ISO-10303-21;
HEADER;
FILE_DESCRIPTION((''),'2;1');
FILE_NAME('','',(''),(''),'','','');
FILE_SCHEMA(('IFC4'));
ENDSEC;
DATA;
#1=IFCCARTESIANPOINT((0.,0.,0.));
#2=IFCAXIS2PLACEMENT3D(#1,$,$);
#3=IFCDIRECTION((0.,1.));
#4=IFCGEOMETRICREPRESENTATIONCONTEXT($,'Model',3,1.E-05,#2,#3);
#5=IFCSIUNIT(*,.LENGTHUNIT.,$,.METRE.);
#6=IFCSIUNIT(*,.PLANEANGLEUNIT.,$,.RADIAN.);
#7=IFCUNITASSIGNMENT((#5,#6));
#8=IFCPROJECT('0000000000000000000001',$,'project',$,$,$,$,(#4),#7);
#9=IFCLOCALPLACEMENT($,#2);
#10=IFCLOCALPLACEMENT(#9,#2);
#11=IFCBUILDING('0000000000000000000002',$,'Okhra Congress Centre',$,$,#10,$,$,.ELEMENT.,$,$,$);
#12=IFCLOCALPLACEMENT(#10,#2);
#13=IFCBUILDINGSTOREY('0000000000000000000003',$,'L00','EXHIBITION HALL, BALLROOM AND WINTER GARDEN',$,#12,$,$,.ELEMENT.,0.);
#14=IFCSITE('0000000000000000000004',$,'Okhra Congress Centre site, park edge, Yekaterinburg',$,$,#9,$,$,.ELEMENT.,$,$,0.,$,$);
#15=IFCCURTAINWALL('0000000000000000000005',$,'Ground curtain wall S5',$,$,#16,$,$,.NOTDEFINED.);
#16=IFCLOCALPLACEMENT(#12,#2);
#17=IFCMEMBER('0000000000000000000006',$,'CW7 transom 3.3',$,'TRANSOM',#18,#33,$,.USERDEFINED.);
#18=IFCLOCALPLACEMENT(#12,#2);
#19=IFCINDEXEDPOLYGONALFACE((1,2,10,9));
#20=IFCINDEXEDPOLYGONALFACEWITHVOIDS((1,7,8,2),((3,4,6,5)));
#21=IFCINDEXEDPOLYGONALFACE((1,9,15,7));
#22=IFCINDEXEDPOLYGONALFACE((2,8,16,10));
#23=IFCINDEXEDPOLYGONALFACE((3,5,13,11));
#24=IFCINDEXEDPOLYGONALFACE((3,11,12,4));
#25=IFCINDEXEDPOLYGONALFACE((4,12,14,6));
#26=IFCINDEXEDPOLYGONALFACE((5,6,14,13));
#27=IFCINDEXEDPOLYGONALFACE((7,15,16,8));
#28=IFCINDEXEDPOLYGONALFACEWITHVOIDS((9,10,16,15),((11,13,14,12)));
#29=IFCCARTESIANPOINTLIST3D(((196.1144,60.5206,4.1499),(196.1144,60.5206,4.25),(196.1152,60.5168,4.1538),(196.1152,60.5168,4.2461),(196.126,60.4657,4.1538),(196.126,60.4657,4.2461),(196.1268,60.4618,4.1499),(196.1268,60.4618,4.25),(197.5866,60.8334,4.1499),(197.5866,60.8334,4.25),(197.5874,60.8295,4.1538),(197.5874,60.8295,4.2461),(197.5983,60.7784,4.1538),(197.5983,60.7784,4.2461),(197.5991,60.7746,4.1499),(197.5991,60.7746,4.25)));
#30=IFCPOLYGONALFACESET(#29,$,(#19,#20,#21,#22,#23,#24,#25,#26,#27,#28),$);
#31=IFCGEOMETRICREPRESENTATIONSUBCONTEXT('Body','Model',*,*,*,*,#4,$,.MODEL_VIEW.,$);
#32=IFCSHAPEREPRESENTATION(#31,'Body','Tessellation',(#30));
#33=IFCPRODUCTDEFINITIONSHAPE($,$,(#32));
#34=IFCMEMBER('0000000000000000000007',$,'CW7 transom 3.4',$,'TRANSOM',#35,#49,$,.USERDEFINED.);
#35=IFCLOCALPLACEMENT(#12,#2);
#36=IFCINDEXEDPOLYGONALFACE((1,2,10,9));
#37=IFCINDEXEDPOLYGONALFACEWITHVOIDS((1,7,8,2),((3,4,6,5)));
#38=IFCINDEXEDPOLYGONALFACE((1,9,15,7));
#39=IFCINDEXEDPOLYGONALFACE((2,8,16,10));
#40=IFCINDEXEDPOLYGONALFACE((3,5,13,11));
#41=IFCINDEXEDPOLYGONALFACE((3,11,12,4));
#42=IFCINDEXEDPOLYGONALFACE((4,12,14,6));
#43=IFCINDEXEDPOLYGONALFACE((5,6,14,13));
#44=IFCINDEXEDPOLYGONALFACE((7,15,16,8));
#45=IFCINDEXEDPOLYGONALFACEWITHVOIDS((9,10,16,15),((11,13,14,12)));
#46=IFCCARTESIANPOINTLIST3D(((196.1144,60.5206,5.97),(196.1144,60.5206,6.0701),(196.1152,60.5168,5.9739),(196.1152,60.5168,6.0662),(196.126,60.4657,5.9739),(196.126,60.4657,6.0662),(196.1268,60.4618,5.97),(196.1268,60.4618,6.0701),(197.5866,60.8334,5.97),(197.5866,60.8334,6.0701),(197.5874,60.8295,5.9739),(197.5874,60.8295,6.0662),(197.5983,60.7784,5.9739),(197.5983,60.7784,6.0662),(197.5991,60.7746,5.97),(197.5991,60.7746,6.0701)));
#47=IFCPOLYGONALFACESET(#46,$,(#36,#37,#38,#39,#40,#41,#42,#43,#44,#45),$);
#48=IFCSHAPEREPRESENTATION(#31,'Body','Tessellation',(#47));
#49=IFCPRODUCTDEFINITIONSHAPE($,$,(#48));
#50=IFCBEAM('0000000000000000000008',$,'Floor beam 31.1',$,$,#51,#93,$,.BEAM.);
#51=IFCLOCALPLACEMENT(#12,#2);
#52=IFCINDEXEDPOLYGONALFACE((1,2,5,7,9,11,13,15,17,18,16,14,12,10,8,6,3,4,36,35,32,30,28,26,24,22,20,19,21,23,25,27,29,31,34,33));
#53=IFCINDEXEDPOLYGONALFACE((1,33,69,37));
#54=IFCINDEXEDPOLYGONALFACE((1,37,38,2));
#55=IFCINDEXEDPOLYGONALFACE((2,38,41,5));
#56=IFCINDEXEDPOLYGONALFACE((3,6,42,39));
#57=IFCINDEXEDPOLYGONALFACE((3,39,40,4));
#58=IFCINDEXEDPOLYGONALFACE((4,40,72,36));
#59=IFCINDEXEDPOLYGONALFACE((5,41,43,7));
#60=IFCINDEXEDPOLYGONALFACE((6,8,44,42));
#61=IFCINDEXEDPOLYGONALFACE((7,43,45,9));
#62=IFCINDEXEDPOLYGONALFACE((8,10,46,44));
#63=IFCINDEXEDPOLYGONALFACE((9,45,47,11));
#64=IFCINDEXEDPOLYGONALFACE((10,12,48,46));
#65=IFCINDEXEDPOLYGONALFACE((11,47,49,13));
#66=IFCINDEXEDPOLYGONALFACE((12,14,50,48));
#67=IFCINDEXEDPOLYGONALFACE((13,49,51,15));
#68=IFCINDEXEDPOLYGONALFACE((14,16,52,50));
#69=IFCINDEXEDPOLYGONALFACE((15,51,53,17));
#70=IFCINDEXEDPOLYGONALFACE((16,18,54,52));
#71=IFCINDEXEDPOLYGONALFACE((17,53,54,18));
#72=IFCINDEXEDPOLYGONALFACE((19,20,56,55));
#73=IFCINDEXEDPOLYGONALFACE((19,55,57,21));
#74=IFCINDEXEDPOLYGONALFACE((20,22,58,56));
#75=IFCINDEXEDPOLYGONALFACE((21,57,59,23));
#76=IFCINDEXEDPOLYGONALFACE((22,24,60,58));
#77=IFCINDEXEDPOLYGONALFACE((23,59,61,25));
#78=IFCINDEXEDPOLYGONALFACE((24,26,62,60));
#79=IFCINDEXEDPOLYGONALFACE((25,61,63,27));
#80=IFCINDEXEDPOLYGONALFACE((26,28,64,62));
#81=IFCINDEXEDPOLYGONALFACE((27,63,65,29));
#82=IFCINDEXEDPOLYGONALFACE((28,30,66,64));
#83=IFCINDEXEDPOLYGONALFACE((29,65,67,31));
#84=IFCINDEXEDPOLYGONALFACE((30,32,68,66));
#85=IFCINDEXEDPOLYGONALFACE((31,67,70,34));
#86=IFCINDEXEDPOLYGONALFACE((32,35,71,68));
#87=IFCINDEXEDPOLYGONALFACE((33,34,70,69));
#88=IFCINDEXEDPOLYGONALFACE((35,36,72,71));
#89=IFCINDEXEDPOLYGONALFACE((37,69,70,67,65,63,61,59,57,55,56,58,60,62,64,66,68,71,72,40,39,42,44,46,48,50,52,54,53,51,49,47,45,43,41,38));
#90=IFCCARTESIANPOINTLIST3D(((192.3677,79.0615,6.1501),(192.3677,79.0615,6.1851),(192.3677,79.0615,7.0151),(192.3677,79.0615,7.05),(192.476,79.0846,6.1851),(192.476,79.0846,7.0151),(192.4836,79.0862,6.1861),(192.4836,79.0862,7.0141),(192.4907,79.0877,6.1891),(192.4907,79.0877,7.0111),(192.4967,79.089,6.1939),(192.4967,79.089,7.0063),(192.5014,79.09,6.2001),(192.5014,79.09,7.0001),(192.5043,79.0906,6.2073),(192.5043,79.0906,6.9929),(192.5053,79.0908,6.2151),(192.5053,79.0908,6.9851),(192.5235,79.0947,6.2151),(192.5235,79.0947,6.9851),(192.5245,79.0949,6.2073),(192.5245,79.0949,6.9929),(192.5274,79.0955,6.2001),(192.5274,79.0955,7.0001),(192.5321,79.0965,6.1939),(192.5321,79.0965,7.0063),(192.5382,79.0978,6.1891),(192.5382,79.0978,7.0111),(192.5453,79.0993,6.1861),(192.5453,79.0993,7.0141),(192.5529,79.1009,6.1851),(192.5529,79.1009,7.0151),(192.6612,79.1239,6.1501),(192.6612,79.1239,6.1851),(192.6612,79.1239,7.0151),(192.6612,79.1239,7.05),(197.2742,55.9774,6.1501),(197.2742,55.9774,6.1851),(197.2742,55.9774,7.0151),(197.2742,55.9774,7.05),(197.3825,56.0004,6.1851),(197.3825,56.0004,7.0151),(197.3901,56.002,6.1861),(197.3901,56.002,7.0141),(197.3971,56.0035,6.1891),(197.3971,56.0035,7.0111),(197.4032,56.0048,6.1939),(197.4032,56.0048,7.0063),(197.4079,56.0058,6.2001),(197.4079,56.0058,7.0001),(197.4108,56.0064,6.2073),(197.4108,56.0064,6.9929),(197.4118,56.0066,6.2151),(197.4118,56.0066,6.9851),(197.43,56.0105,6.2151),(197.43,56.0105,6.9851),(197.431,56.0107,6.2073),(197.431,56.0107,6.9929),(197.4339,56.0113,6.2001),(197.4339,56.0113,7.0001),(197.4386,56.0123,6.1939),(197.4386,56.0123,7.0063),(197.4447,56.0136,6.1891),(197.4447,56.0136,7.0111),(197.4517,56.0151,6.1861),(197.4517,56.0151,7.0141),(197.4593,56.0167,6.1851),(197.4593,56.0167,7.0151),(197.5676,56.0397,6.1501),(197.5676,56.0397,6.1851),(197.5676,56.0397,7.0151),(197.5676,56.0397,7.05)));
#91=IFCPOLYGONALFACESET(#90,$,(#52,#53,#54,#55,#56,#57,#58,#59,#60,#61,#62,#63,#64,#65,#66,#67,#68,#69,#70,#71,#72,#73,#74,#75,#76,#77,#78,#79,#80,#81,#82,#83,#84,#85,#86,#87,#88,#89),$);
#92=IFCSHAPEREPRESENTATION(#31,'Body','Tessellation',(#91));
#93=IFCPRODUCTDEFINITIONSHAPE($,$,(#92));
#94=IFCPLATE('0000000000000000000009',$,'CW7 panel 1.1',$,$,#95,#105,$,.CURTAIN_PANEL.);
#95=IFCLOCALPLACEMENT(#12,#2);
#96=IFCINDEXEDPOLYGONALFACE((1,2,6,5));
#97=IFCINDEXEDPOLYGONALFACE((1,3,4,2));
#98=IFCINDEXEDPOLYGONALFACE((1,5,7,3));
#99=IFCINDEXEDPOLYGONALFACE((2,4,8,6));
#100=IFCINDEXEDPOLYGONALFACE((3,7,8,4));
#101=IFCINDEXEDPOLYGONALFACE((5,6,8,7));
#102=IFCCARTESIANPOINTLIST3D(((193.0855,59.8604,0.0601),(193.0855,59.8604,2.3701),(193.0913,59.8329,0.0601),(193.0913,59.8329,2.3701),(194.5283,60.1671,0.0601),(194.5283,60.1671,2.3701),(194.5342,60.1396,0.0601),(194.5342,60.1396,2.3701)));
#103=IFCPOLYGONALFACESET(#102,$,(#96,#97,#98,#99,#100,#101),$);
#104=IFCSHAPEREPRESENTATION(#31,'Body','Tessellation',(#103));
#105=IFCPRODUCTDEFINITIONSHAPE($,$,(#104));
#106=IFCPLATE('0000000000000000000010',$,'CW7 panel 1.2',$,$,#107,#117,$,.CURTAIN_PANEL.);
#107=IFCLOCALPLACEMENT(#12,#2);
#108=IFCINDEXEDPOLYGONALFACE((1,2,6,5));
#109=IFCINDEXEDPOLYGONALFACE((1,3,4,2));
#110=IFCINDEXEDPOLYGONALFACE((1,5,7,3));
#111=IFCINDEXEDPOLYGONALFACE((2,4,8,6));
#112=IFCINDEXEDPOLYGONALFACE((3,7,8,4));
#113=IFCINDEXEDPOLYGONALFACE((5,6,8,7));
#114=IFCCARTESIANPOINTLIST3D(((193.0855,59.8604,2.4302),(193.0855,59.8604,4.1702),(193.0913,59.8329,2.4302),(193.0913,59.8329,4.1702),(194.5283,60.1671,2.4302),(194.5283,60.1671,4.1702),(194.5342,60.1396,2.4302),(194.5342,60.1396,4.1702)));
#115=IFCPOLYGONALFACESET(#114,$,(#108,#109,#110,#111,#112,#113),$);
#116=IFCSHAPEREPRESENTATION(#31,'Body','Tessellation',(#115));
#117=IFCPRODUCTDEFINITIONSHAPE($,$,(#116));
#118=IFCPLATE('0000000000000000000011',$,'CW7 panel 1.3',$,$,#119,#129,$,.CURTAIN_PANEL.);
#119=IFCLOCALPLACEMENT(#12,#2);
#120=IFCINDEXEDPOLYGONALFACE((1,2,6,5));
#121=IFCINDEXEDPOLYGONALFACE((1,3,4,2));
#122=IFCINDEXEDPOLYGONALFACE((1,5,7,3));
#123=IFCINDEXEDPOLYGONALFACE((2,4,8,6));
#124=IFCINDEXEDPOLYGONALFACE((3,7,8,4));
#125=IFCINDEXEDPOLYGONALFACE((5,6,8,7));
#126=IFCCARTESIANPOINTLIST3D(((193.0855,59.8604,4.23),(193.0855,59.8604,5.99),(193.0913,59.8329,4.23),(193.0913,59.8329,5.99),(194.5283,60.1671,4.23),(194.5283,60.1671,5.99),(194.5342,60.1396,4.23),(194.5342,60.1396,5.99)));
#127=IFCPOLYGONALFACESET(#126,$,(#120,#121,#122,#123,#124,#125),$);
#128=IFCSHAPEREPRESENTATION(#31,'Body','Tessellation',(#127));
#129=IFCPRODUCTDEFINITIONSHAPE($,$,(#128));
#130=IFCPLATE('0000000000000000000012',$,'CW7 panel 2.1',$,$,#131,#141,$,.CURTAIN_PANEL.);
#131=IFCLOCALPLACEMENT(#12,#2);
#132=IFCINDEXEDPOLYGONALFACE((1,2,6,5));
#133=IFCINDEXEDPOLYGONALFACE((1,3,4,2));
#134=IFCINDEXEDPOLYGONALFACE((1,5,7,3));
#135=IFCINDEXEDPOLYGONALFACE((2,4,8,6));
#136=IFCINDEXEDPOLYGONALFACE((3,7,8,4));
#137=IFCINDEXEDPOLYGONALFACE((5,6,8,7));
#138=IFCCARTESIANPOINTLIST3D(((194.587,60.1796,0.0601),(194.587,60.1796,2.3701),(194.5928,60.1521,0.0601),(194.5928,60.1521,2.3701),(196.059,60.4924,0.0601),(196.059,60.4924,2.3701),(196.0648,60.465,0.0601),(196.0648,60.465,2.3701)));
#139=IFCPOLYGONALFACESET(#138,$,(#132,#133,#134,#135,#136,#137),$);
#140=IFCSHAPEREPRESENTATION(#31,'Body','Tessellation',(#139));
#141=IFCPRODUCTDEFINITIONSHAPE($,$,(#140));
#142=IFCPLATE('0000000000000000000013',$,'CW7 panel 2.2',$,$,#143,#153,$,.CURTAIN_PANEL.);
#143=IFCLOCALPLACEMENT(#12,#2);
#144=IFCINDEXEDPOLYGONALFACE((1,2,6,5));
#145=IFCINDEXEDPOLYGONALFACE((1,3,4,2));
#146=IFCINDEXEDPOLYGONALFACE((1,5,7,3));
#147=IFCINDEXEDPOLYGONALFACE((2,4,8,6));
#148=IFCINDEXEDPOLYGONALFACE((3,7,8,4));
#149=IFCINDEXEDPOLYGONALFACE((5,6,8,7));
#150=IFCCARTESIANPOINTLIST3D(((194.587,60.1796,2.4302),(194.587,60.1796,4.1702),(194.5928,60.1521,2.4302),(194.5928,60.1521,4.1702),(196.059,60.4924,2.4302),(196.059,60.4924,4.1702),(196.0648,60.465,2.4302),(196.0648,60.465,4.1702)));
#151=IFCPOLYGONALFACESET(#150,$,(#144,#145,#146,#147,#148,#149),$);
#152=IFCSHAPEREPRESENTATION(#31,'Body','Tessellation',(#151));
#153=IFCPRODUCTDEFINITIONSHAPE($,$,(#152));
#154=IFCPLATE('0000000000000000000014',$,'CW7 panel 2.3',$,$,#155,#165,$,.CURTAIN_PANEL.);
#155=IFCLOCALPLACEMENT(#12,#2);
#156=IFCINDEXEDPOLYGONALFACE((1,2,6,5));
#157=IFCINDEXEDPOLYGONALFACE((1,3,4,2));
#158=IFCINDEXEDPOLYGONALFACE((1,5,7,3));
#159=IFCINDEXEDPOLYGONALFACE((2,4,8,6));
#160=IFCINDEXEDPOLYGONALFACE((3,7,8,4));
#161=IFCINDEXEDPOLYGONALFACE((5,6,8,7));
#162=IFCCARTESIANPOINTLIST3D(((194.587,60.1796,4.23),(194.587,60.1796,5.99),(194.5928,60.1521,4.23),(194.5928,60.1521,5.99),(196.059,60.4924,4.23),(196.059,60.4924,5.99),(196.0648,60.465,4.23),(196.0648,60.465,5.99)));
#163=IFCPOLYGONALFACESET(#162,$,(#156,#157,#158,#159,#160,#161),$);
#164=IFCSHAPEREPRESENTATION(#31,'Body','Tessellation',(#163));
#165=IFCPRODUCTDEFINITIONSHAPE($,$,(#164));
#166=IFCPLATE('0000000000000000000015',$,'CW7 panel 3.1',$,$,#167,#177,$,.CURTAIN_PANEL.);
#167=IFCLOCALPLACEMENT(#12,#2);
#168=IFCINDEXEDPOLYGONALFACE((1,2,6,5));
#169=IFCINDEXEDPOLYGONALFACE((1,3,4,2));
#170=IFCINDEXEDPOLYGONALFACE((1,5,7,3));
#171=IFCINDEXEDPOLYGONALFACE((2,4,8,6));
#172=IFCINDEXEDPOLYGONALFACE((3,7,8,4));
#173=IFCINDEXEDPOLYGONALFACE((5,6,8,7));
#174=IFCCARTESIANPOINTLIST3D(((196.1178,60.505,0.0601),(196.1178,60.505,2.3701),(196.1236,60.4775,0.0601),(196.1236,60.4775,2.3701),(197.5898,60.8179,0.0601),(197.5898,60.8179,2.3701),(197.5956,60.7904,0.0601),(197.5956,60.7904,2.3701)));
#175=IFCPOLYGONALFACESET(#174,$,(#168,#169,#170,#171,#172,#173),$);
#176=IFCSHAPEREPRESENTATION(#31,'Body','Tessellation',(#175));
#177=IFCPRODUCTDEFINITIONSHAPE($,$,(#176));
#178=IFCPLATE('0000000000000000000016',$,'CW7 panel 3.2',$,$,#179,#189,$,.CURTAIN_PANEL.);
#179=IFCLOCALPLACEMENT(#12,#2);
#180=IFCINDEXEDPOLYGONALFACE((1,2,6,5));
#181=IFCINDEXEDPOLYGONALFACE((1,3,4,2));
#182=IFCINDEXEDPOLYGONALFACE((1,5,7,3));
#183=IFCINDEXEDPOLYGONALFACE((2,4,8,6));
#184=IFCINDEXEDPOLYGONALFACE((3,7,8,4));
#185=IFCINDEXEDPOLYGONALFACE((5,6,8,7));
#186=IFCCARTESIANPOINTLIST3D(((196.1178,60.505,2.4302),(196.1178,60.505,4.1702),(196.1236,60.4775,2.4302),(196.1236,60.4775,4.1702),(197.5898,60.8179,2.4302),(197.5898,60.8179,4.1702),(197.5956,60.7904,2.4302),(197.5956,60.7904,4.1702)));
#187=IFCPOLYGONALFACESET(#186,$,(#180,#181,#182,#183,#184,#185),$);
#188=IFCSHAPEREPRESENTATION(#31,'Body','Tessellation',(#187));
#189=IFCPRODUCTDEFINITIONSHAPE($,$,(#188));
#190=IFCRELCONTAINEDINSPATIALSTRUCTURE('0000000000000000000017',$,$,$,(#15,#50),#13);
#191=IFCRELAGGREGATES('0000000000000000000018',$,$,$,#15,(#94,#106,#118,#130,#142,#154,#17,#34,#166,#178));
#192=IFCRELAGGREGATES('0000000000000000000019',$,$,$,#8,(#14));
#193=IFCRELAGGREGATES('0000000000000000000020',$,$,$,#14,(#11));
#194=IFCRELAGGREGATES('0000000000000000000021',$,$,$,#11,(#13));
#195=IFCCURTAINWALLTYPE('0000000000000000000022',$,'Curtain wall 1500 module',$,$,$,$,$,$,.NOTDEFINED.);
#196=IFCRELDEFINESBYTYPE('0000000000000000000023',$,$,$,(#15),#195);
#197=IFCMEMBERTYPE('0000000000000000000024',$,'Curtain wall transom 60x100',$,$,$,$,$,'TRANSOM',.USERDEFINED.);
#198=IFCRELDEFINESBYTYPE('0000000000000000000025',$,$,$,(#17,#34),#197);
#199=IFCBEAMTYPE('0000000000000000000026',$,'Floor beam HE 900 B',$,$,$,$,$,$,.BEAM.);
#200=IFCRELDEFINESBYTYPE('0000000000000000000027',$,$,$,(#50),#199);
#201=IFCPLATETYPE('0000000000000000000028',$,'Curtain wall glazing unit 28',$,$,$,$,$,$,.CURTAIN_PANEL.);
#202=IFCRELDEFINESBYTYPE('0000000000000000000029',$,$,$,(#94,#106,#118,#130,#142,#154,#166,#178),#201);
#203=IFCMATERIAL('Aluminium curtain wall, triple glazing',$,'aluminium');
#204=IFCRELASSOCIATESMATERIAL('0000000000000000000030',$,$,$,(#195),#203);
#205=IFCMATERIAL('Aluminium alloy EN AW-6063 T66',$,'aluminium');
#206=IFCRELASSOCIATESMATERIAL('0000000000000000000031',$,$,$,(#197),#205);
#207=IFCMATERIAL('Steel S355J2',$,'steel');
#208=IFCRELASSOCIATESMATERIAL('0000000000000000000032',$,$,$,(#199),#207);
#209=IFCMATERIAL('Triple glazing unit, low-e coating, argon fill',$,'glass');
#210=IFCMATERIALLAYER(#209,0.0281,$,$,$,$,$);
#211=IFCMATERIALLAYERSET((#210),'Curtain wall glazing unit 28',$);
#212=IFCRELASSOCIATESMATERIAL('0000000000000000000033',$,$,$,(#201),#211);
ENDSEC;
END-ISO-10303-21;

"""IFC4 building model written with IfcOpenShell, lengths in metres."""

from ifc_helpers import new_model, si_unit, direction, frame, origin, origin_2d, place, context, subcontext, project, spatial, rectangle, hollow_rectangle, i_section, extrude, material, layer, layer_set, material_profile, profile_set, type_object, element, aggregate, save


model = new_model("IFC4")

# Units and contexts
model_context = context("Model", 3, precision=1e-05, world=origin(), true_north=direction((0.0, 1.0)))
body_context = subcontext(model_context, "Body", "Model", "MODEL_VIEW")
ifc_project = project(units=[si_unit("LENGTHUNIT", "METRE"), si_unit("PLANEANGLEUNIT", "RADIAN")], contexts=[model_context])

# Site, building, storey
site_placement = place(None, origin())
site = spatial("IfcSite", under=ifc_project, at=site_placement, Name="Okhra Congress Centre site, park edge, Yekaterinburg", CompositionType="ELEMENT", RefElevation=0.0)
building_placement = place(site_placement, origin())
building = spatial("IfcBuilding", under=site, at=building_placement, Name="Okhra Congress Centre", CompositionType="ELEMENT")
storey_placement = place(building_placement, origin())
storey = spatial("IfcBuildingStorey", under=building, at=storey_placement, Name="L00", Description="EXHIBITION HALL, BALLROOM AND WINTER GARDEN", CompositionType="ELEMENT", Elevation=0.0)

# Curtain wall, members
ifc_material_1 = material(Name="Aluminium curtain wall, triple glazing", Category="aluminium")
curtain_wall_type = type_object("IfcCurtainWallType", Name="Curtain wall 1500 module", PredefinedType="NOTDEFINED", material=ifc_material_1)
curtain_wall_placement = place(storey_placement, origin())
curtain_wall = element("IfcCurtainWall", 1, at=curtain_wall_placement, inside=storey, type_object=curtain_wall_type, Name="Ground curtain wall S5", PredefinedType="NOTDEFINED")
ifc_material_2 = material(Name="Aluminium alloy EN AW-6063 T66", Category="aluminium")
ifc_material_profile_1 = material_profile(ifc_material_2, hollow_rectangle(XDim=0.0601, YDim=0.1001, WallThickness=0.0039, at=origin_2d()), Name="RHS 60x100x4")
ifc_profile_set_1 = profile_set([ifc_material_profile_1], Name="Aluminium alloy EN AW-6063 T66")
member_type_1 = type_object("IfcMemberType", Name="Curtain wall transom 60x100", ElementType="TRANSOM", PredefinedType="USERDEFINED", material=ifc_profile_set_1)
member_1_placement = place(storey_placement, frame((196.1206, 60.4912, 4.2), z_axis=(0.978171, 0.207801, 0.0), x_axis=(-0.207801, 0.978171, 0.0)))
member_1 = element("IfcMember", 2, at=member_1_placement, type_object=member_type_1, Name="CW7 transom 3.3", ObjectType="TRANSOM", PredefinedType="USERDEFINED", context=body_context, shape_type="SweptSolid", body=[
    extrude(hollow_rectangle(XDim=0.0601, YDim=0.1001, WallThickness=0.0039, at=origin_2d()), origin(), (0.0, 0.0, 1.0), 1.5051),
])
member_2_placement = place(storey_placement, frame((196.1206, 60.4912, 6.02), z_axis=(0.978171, 0.207801, 0.0), x_axis=(-0.207801, 0.978171, 0.0)))
member_2 = element("IfcMember", 3, at=member_2_placement, type_object=member_type_1, Name="CW7 transom 3.4", ObjectType="TRANSOM", PredefinedType="USERDEFINED", context=body_context, shape_type="SweptSolid", body=[
    extrude(hollow_rectangle(XDim=0.0601, YDim=0.1001, WallThickness=0.0039, at=origin_2d()), origin(), (0.0, 0.0, 1.0), 1.5051),
])

# Beam
ifc_material_3 = material(Name="Steel S355J2", Category="steel")
ifc_material_profile_2 = material_profile(ifc_material_3, i_section(OverallWidth=0.3, OverallDepth=0.8999, WebThickness=0.0186, FlangeThickness=0.0349, FilletRadius=0.03, at=origin_2d()), Name="HE 900 B")
ifc_profile_set_2 = profile_set([ifc_material_profile_2], Name="Steel S355J2")
beam_type = type_object("IfcBeamType", Name="Floor beam HE 900 B", PredefinedType="BEAM", material=ifc_profile_set_2)
beam_placement = place(storey_placement, frame((197.4209, 56.0085, 6.6001), z_axis=(-0.207903, 0.978149, 0.0), x_axis=(-0.978149, -0.207903, 0.0)))
element("IfcBeam", 4, at=beam_placement, inside=storey, type_object=beam_type, Name="Floor beam 31.1", PredefinedType="BEAM", context=body_context, shape_type="SweptSolid", body=[
    extrude(i_section(OverallWidth=0.3, OverallDepth=0.8999, WebThickness=0.0186, FlangeThickness=0.0349, FilletRadius=0.03, at=origin_2d()), origin(), (0.0, 0.0, 1.0), 23.5999),
])

# Plates
ifc_material_4 = material(Name="Triple glazing unit, low-e coating, argon fill", Category="glass")
ifc_layer_1 = layer(ifc_material_4, 0.0281)
ifc_layer_set_1 = layer_set([ifc_layer_1], Name="Curtain wall glazing unit 28")
plate_type = type_object("IfcPlateType", Name="Curtain wall glazing unit 28", PredefinedType="CURTAIN_PANEL", material=ifc_layer_set_1)
plate_1_placement = place(storey_placement, frame((193.8098, 60.0, 0.0601), z_axis=(0.0, 0.0, 1.0), x_axis=(0.978148, 0.207912, 0.0)))
plate_1 = element("IfcPlate", 5, at=plate_1_placement, type_object=plate_type, Name="CW7 panel 1.1", PredefinedType="CURTAIN_PANEL", context=body_context, shape_type="SweptSolid", body=[
    extrude(rectangle(XDim=1.4751, YDim=0.0281, at=origin_2d()), origin(), (0.0, 0.0, 1.0), 2.3101),
])
plate_2_placement = place(storey_placement, frame((193.8098, 60.0, 2.4302), z_axis=(0.0, 0.0, 1.0), x_axis=(0.978148, 0.207912, 0.0)))
plate_2 = element("IfcPlate", 6, at=plate_2_placement, type_object=plate_type, Name="CW7 panel 1.2", PredefinedType="CURTAIN_PANEL", context=body_context, shape_type="SweptSolid", body=[
    extrude(rectangle(XDim=1.4751, YDim=0.0281, at=origin_2d()), origin(), (0.0, 0.0, 1.0), 1.74),
])
plate_3_placement = place(storey_placement, frame((193.8098, 60.0, 4.23), z_axis=(0.0, 0.0, 1.0), x_axis=(0.978148, 0.207912, 0.0)))
plate_3 = element("IfcPlate", 7, at=plate_3_placement, type_object=plate_type, Name="CW7 panel 1.3", PredefinedType="CURTAIN_PANEL", context=body_context, shape_type="SweptSolid", body=[
    extrude(rectangle(XDim=1.4751, YDim=0.0281, at=origin_2d()), origin(), (0.0, 0.0, 1.0), 1.76),
])
plate_4_placement = place(storey_placement, frame((195.3259, 60.3223, 0.0601), z_axis=(0.0, 0.0, 1.0), x_axis=(0.978148, 0.207912, 0.0)))
plate_4 = element("IfcPlate", 8, at=plate_4_placement, type_object=plate_type, Name="CW7 panel 2.1", PredefinedType="CURTAIN_PANEL", context=body_context, shape_type="SweptSolid", body=[
    extrude(rectangle(XDim=1.5049, YDim=0.0281, at=origin_2d()), origin(), (0.0, 0.0, 1.0), 2.3101),
])
plate_5_placement = place(storey_placement, frame((195.3259, 60.3223, 2.4302), z_axis=(0.0, 0.0, 1.0), x_axis=(0.978148, 0.207912, 0.0)))
plate_5 = element("IfcPlate", 9, at=plate_5_placement, type_object=plate_type, Name="CW7 panel 2.2", PredefinedType="CURTAIN_PANEL", context=body_context, shape_type="SweptSolid", body=[
    extrude(rectangle(XDim=1.5049, YDim=0.0281, at=origin_2d()), origin(), (0.0, 0.0, 1.0), 1.74),
])
plate_6_placement = place(storey_placement, frame((195.3259, 60.3223, 4.23), z_axis=(0.0, 0.0, 1.0), x_axis=(0.978148, 0.207912, 0.0)))
plate_6 = element("IfcPlate", 10, at=plate_6_placement, type_object=plate_type, Name="CW7 panel 2.3", PredefinedType="CURTAIN_PANEL", context=body_context, shape_type="SweptSolid", body=[
    extrude(rectangle(XDim=1.5049, YDim=0.0281, at=origin_2d()), origin(), (0.0, 0.0, 1.0), 1.76),
])
plate_7_placement = place(storey_placement, frame((196.8567, 60.6477, 0.0601), z_axis=(0.0, 0.0, 1.0), x_axis=(0.978148, 0.207912, 0.0)))
plate_7 = element("IfcPlate", 11, at=plate_7_placement, type_object=plate_type, Name="CW7 panel 3.1", PredefinedType="CURTAIN_PANEL", context=body_context, shape_type="SweptSolid", body=[
    extrude(rectangle(XDim=1.5049, YDim=0.0281, at=origin_2d()), origin(), (0.0, 0.0, 1.0), 2.3101),
])
plate_8_placement = place(storey_placement, frame((196.8567, 60.6477, 2.4302), z_axis=(0.0, 0.0, 1.0), x_axis=(0.978148, 0.207912, 0.0)))
plate_8 = element("IfcPlate", 12, at=plate_8_placement, type_object=plate_type, Name="CW7 panel 3.2", PredefinedType="CURTAIN_PANEL", context=body_context, shape_type="SweptSolid", body=[
    extrude(rectangle(XDim=1.5049, YDim=0.0281, at=origin_2d()), origin(), (0.0, 0.0, 1.0), 1.74),
])
aggregate(curtain_wall, [plate_1, plate_2, plate_3, plate_4, plate_5, plate_6, member_1, member_2, plate_7, plate_8])

save(model, "model.ifc")
